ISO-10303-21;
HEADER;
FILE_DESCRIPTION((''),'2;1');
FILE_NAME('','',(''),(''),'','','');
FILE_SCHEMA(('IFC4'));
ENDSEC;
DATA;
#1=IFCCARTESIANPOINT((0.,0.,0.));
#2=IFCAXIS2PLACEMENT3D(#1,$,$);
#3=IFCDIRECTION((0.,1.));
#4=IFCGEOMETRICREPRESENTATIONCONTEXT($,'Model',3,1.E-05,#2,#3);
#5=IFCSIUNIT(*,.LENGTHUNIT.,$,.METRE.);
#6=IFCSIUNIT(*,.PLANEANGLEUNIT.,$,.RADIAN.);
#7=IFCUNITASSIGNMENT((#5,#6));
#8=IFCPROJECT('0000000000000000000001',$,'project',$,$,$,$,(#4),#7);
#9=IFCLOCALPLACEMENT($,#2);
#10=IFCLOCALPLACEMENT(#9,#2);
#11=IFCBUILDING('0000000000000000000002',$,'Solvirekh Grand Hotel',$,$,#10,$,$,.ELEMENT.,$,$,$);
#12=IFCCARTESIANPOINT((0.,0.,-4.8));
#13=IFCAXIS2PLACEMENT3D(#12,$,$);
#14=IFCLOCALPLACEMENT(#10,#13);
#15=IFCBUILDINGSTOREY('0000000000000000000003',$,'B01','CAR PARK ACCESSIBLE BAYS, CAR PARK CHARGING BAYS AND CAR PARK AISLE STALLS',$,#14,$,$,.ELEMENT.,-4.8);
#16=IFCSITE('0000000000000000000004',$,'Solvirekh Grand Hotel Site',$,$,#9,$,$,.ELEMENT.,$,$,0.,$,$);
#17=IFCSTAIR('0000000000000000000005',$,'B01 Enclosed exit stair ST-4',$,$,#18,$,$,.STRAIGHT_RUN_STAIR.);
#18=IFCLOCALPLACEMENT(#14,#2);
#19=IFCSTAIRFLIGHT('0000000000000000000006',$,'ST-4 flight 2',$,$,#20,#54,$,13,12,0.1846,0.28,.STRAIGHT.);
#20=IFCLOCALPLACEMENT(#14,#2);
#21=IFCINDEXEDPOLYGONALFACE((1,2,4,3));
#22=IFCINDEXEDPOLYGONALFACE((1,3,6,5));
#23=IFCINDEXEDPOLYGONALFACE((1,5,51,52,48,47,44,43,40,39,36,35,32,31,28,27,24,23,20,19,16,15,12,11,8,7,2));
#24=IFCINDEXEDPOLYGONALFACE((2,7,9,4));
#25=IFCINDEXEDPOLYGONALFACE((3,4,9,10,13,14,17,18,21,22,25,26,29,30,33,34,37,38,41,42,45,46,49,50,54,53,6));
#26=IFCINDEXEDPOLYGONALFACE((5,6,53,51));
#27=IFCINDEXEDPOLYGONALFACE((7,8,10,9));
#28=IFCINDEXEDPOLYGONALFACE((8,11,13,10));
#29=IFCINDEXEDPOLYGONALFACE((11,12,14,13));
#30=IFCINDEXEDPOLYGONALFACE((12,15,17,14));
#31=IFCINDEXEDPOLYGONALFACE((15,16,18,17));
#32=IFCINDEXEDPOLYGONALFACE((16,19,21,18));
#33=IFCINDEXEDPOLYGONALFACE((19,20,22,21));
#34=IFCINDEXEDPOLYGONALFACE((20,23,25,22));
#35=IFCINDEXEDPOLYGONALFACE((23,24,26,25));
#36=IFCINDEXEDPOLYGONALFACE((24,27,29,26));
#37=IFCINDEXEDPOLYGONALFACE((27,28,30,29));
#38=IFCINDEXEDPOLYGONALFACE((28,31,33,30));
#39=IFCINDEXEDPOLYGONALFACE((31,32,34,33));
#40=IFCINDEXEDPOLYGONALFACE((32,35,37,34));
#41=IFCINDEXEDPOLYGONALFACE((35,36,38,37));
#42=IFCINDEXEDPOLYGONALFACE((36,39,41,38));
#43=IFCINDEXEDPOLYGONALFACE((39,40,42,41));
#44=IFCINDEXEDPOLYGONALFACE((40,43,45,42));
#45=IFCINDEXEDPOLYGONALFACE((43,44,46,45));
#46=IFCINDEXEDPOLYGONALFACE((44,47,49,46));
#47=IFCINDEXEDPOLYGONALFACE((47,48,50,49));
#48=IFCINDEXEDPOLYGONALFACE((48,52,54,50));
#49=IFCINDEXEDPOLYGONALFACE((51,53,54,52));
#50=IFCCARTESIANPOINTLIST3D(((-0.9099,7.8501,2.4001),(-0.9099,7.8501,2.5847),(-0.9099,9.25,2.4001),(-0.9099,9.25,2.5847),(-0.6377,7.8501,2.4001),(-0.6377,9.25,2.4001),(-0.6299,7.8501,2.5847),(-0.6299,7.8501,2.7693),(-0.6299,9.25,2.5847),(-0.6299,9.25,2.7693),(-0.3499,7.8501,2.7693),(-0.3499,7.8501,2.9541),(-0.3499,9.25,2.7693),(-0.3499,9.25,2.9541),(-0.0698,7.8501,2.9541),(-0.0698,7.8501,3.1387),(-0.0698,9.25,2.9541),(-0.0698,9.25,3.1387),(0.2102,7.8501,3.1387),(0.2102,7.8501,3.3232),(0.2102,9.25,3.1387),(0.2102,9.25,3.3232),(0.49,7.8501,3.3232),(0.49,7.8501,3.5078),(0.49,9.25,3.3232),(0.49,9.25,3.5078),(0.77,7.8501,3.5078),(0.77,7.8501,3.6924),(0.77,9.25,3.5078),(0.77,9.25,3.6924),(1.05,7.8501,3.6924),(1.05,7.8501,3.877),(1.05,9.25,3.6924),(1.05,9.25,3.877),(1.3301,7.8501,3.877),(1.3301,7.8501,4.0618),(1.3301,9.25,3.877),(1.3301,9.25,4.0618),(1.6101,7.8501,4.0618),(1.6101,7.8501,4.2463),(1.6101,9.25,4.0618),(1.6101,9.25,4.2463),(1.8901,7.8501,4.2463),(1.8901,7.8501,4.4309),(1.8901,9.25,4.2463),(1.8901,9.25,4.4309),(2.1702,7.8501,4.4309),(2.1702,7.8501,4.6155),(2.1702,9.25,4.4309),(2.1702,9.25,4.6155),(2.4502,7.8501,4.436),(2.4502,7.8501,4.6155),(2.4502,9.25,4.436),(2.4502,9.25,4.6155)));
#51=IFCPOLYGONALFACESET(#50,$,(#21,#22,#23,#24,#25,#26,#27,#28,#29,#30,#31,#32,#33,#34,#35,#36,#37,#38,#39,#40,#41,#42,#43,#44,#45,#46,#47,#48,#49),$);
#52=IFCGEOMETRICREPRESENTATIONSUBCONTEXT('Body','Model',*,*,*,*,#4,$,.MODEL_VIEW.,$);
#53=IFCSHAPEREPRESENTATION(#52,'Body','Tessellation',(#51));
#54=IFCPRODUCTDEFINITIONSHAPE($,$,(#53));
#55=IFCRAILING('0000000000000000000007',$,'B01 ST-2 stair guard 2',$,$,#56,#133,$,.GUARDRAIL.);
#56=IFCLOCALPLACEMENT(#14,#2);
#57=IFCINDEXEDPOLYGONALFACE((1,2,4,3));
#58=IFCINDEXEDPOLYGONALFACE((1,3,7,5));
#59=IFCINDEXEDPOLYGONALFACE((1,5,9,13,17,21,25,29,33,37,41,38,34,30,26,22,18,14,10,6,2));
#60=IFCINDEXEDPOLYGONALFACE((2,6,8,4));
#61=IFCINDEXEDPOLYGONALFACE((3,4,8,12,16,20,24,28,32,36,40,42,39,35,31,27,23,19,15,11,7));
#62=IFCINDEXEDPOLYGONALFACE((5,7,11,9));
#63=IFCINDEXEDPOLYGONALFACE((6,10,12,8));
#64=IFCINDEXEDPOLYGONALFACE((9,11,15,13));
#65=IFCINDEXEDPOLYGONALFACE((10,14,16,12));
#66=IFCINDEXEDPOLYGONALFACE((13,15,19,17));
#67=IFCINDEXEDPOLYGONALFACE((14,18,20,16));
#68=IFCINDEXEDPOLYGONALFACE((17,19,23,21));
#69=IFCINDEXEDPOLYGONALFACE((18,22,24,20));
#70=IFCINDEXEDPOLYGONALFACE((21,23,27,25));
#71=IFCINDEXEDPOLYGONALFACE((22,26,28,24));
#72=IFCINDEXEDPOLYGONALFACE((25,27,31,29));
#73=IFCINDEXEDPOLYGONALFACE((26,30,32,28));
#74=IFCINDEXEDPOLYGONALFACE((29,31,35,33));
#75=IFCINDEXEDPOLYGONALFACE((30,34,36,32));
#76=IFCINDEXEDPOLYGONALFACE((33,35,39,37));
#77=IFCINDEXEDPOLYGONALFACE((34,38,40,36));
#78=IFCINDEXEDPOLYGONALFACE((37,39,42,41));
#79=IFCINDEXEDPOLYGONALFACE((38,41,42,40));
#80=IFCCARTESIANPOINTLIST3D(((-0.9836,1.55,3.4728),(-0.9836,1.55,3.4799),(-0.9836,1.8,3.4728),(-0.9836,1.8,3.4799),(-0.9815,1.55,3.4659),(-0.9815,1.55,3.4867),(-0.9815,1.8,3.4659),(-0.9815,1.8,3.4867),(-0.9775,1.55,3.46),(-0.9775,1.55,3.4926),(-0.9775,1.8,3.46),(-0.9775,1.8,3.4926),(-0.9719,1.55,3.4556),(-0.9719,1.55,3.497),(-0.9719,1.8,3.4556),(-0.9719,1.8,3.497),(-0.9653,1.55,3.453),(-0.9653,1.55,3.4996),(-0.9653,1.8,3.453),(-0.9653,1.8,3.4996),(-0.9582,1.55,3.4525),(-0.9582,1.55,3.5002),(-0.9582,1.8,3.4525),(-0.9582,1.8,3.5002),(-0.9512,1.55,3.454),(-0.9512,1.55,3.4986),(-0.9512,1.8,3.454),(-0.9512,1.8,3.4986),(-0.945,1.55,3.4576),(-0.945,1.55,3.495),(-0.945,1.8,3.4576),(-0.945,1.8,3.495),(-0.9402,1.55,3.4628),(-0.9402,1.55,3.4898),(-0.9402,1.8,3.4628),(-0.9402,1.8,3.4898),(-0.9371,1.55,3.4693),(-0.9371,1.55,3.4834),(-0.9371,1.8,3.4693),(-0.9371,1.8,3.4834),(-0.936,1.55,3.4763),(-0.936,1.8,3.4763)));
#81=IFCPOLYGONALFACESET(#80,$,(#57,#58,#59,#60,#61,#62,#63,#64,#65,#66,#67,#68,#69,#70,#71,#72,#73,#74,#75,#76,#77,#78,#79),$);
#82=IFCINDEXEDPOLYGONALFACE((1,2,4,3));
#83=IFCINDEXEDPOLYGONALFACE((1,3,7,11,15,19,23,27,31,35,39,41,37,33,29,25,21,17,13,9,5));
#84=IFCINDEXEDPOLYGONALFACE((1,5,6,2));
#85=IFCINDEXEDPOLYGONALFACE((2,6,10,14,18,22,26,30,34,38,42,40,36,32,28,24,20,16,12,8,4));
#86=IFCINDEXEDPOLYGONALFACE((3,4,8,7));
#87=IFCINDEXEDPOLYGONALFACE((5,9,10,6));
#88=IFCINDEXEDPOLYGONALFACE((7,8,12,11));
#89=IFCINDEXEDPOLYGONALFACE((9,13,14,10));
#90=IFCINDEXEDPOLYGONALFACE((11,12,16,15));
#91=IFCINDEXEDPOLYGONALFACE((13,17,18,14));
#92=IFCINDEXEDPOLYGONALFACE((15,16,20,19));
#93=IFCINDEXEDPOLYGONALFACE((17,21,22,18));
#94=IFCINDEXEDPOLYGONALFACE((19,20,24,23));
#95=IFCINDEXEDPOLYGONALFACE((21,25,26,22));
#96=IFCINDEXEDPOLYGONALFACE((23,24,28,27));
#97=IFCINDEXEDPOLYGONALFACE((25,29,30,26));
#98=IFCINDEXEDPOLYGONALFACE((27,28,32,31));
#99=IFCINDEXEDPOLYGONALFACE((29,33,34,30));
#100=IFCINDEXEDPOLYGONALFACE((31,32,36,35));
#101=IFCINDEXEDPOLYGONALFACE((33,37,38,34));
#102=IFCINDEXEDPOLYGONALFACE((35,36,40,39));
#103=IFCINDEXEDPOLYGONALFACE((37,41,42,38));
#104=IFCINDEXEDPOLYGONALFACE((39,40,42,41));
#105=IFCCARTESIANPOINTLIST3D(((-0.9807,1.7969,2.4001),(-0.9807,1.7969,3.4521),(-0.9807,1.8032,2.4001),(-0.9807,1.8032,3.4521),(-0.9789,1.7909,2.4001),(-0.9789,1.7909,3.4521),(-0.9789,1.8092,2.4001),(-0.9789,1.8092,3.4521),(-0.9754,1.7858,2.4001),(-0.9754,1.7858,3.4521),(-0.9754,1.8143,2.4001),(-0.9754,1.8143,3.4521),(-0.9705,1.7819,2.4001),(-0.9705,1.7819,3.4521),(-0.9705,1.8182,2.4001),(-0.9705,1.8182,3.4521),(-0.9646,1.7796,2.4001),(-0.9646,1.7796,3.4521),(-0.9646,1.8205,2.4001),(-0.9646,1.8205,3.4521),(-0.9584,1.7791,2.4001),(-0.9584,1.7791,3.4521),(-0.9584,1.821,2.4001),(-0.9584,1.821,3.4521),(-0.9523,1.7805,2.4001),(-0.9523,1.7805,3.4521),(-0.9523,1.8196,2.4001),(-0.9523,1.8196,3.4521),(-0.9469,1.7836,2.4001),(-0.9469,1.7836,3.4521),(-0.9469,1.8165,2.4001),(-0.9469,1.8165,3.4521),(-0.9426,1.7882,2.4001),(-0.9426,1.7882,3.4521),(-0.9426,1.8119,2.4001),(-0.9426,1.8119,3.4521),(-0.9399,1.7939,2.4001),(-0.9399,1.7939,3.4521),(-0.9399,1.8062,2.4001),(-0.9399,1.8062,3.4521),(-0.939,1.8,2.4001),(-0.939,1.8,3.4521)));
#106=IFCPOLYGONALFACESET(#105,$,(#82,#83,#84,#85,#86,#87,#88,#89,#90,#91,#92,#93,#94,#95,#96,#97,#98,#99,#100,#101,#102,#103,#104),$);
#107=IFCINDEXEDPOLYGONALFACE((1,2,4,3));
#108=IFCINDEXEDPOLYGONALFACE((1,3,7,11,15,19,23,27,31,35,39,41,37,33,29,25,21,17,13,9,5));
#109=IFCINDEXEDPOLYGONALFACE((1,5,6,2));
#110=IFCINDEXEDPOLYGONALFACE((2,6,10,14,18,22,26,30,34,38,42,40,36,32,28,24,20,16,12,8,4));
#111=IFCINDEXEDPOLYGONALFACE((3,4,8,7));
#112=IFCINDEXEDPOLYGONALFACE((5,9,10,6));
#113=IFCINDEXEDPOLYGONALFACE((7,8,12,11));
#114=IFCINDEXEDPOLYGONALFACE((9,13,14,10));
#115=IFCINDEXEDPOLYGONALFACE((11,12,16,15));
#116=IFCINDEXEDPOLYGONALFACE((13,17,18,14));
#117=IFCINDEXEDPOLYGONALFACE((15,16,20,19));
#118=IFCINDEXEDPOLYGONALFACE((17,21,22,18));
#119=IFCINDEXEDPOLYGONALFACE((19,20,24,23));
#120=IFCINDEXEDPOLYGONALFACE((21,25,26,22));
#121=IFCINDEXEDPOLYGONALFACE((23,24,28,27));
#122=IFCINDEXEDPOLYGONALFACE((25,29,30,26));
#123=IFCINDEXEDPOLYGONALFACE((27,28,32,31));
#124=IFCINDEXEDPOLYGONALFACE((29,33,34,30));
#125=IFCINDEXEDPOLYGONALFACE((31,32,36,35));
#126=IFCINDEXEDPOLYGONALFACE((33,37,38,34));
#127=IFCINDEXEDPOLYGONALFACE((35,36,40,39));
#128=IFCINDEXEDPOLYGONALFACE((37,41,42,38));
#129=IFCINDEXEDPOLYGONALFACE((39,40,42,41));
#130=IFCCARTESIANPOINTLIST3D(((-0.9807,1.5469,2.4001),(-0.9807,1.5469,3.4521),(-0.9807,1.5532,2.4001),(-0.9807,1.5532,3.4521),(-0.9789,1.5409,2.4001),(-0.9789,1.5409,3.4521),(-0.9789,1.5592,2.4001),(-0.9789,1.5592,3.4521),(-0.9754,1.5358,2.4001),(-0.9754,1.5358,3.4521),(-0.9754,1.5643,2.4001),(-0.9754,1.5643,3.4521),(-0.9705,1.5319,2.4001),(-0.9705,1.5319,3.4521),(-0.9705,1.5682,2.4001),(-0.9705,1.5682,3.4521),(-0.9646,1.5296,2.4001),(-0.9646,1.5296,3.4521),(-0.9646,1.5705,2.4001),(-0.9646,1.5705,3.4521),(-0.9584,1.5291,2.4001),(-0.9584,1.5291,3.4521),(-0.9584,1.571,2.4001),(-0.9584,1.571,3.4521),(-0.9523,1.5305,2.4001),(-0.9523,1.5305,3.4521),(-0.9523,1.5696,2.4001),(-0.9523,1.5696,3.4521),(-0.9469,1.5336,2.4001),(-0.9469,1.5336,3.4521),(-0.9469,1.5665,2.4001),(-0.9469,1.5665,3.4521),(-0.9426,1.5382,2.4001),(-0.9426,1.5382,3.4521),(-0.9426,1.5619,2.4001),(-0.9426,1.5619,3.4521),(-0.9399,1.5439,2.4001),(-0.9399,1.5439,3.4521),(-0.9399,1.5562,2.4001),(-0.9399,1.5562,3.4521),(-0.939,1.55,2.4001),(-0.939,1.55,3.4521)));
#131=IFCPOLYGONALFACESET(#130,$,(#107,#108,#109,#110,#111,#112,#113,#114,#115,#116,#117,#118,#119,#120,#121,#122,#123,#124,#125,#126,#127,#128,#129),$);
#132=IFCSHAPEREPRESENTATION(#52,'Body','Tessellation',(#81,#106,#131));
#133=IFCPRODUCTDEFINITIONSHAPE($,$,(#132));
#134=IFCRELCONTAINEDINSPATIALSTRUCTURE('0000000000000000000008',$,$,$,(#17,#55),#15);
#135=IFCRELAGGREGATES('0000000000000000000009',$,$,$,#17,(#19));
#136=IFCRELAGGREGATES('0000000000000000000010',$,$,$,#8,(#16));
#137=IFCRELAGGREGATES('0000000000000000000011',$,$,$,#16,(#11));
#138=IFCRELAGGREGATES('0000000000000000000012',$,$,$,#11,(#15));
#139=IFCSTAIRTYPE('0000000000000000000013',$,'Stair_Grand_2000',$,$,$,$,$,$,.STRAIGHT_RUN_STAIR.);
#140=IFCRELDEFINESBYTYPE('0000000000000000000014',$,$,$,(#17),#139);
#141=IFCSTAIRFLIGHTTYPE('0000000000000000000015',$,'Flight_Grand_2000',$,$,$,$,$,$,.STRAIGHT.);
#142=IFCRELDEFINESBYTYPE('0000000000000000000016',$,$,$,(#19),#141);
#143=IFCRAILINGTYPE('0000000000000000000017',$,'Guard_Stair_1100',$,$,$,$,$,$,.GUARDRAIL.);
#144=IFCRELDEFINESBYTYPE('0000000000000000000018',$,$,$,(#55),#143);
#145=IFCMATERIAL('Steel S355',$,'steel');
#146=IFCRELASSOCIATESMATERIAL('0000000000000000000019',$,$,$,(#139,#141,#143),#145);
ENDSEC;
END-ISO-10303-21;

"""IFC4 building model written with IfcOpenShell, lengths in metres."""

from ifc_helpers import new_model, si_unit, direction, frame, origin, origin_2d, place, context, subcontext, project, spatial, polyline, circle, outline, extrude, material, type_object, element, aggregate, save


model = new_model("IFC4")

# Units and contexts
model_context = context("Model", 3, precision=1e-05, world=origin(), true_north=direction((0.0, 1.0)))
body_context = subcontext(model_context, "Body", "Model", "MODEL_VIEW")
ifc_project = project(units=[si_unit("LENGTHUNIT", "METRE"), si_unit("PLANEANGLEUNIT", "RADIAN")], contexts=[model_context])

# Site, building, storey
site_placement = place(None, origin())
site = spatial("IfcSite", under=ifc_project, at=site_placement, Name="Solvirekh Grand Hotel Site", CompositionType="ELEMENT", RefElevation=0.0)
building_placement = place(site_placement, origin())
building = spatial("IfcBuilding", under=site, at=building_placement, Name="Solvirekh Grand Hotel", CompositionType="ELEMENT")
storey_placement = place(building_placement, frame((0.0, 0.0, -4.8)))
storey = spatial("IfcBuildingStorey", under=building, at=storey_placement, Name="B01", Description="CAR PARK ACCESSIBLE BAYS, CAR PARK CHARGING BAYS AND CAR PARK AISLE STALLS", CompositionType="ELEMENT", Elevation=-4.8)

# Shared definitions
ifc_material_1 = material(Name="Steel S355", Category="steel")

# Stair
stair_type_1 = type_object("IfcStairType", Name="Stair_Grand_2000", PredefinedType="STRAIGHT_RUN_STAIR", material=ifc_material_1)
stair_1_placement = place(storey_placement, origin())
stair_1 = element("IfcStair", 1, at=stair_1_placement, inside=storey, type_object=stair_type_1, Name="B01 Enclosed exit stair ST-4", PredefinedType="STRAIGHT_RUN_STAIR")

# Stair flight
stair_flight_type_1 = type_object("IfcStairFlightType", Name="Flight_Grand_2000", PredefinedType="STRAIGHT", material=ifc_material_1)
stair_flight_1_placement = place(storey_placement, frame((-0.9099, 8.55, 2.4001), z_axis=(0.0, 0.0, 1.0), x_axis=(1.0, 0.0, 0.0)))
stair_flight_1 = element("IfcStairFlight", 2, at=stair_flight_1_placement, type_object=stair_flight_type_1, Name="ST-4 flight 2", NumberOfRisers=13, NumberOfTreads=12, PredefinedType="STRAIGHT", RiserHeight=0.1846, TreadLength=0.28, context=body_context, shape_type="SweptSolid", body=[
    extrude(outline(polyline([(0.0, 0.0), (0.0, 0.1846), (0.28, 0.1846), (0.28, 0.3691), (0.5601, 0.3691), (0.5601, 0.554), (0.8401, 0.554), (0.8401, 0.7385), (1.1201, 0.7385), (1.1201, 0.9231), (1.3999, 0.9231), (1.3999, 1.1077), (1.6799, 1.1077), (1.6799, 1.2922), (1.96, 1.2922), (1.96, 1.4768), (2.24, 1.4768), (2.24, 1.6616), (2.52, 1.6616), (2.52, 1.8462), (2.8, 1.8462), (2.8, 2.0308), (3.0801, 2.0308), (3.0801, 2.2153), (3.3601, 2.2153), (3.3601, 2.3999), (3.3601, 2.0359), (0.2722, 0.0), (0.0, 0.0)])), frame((0.0, 0.7, 0.0), z_axis=(0.0, -1.0, 0.0), x_axis=(1.0, 0.0, 0.0)), (0.0, 0.0, 1.0), 1.3999),
])
aggregate(stair_1, [stair_flight_1])

# Railing
railing_type_1 = type_object("IfcRailingType", Name="Guard_Stair_1100", PredefinedType="GUARDRAIL", material=ifc_material_1)
railing_1_placement = place(storey_placement, frame((-0.96, 1.8, 2.4001)))
element("IfcRailing", 3, at=railing_1_placement, inside=storey, type_object=railing_type_1, Name="B01 ST-2 stair guard 2", PredefinedType="GUARDRAIL", context=body_context, shape_type="SweptSolid", body=[
    extrude(circle(Radius=0.0239, at=origin_2d()), frame((0.0, 0.0, 1.0762), z_axis=(0.0, -1.0, 0.0), x_axis=(1.0, 0.0, 0.0)), (0.0, 0.0, 1.0), 0.25),
    extrude(circle(Radius=0.021, at=origin_2d()), origin(), (0.0, 0.0, 1.0), 1.052),
    extrude(circle(Radius=0.021, at=origin_2d()), frame((0.0, -0.25, 0.0)), (0.0, 0.0, 1.0), 1.052),
])

save(model, "model.ifc")
